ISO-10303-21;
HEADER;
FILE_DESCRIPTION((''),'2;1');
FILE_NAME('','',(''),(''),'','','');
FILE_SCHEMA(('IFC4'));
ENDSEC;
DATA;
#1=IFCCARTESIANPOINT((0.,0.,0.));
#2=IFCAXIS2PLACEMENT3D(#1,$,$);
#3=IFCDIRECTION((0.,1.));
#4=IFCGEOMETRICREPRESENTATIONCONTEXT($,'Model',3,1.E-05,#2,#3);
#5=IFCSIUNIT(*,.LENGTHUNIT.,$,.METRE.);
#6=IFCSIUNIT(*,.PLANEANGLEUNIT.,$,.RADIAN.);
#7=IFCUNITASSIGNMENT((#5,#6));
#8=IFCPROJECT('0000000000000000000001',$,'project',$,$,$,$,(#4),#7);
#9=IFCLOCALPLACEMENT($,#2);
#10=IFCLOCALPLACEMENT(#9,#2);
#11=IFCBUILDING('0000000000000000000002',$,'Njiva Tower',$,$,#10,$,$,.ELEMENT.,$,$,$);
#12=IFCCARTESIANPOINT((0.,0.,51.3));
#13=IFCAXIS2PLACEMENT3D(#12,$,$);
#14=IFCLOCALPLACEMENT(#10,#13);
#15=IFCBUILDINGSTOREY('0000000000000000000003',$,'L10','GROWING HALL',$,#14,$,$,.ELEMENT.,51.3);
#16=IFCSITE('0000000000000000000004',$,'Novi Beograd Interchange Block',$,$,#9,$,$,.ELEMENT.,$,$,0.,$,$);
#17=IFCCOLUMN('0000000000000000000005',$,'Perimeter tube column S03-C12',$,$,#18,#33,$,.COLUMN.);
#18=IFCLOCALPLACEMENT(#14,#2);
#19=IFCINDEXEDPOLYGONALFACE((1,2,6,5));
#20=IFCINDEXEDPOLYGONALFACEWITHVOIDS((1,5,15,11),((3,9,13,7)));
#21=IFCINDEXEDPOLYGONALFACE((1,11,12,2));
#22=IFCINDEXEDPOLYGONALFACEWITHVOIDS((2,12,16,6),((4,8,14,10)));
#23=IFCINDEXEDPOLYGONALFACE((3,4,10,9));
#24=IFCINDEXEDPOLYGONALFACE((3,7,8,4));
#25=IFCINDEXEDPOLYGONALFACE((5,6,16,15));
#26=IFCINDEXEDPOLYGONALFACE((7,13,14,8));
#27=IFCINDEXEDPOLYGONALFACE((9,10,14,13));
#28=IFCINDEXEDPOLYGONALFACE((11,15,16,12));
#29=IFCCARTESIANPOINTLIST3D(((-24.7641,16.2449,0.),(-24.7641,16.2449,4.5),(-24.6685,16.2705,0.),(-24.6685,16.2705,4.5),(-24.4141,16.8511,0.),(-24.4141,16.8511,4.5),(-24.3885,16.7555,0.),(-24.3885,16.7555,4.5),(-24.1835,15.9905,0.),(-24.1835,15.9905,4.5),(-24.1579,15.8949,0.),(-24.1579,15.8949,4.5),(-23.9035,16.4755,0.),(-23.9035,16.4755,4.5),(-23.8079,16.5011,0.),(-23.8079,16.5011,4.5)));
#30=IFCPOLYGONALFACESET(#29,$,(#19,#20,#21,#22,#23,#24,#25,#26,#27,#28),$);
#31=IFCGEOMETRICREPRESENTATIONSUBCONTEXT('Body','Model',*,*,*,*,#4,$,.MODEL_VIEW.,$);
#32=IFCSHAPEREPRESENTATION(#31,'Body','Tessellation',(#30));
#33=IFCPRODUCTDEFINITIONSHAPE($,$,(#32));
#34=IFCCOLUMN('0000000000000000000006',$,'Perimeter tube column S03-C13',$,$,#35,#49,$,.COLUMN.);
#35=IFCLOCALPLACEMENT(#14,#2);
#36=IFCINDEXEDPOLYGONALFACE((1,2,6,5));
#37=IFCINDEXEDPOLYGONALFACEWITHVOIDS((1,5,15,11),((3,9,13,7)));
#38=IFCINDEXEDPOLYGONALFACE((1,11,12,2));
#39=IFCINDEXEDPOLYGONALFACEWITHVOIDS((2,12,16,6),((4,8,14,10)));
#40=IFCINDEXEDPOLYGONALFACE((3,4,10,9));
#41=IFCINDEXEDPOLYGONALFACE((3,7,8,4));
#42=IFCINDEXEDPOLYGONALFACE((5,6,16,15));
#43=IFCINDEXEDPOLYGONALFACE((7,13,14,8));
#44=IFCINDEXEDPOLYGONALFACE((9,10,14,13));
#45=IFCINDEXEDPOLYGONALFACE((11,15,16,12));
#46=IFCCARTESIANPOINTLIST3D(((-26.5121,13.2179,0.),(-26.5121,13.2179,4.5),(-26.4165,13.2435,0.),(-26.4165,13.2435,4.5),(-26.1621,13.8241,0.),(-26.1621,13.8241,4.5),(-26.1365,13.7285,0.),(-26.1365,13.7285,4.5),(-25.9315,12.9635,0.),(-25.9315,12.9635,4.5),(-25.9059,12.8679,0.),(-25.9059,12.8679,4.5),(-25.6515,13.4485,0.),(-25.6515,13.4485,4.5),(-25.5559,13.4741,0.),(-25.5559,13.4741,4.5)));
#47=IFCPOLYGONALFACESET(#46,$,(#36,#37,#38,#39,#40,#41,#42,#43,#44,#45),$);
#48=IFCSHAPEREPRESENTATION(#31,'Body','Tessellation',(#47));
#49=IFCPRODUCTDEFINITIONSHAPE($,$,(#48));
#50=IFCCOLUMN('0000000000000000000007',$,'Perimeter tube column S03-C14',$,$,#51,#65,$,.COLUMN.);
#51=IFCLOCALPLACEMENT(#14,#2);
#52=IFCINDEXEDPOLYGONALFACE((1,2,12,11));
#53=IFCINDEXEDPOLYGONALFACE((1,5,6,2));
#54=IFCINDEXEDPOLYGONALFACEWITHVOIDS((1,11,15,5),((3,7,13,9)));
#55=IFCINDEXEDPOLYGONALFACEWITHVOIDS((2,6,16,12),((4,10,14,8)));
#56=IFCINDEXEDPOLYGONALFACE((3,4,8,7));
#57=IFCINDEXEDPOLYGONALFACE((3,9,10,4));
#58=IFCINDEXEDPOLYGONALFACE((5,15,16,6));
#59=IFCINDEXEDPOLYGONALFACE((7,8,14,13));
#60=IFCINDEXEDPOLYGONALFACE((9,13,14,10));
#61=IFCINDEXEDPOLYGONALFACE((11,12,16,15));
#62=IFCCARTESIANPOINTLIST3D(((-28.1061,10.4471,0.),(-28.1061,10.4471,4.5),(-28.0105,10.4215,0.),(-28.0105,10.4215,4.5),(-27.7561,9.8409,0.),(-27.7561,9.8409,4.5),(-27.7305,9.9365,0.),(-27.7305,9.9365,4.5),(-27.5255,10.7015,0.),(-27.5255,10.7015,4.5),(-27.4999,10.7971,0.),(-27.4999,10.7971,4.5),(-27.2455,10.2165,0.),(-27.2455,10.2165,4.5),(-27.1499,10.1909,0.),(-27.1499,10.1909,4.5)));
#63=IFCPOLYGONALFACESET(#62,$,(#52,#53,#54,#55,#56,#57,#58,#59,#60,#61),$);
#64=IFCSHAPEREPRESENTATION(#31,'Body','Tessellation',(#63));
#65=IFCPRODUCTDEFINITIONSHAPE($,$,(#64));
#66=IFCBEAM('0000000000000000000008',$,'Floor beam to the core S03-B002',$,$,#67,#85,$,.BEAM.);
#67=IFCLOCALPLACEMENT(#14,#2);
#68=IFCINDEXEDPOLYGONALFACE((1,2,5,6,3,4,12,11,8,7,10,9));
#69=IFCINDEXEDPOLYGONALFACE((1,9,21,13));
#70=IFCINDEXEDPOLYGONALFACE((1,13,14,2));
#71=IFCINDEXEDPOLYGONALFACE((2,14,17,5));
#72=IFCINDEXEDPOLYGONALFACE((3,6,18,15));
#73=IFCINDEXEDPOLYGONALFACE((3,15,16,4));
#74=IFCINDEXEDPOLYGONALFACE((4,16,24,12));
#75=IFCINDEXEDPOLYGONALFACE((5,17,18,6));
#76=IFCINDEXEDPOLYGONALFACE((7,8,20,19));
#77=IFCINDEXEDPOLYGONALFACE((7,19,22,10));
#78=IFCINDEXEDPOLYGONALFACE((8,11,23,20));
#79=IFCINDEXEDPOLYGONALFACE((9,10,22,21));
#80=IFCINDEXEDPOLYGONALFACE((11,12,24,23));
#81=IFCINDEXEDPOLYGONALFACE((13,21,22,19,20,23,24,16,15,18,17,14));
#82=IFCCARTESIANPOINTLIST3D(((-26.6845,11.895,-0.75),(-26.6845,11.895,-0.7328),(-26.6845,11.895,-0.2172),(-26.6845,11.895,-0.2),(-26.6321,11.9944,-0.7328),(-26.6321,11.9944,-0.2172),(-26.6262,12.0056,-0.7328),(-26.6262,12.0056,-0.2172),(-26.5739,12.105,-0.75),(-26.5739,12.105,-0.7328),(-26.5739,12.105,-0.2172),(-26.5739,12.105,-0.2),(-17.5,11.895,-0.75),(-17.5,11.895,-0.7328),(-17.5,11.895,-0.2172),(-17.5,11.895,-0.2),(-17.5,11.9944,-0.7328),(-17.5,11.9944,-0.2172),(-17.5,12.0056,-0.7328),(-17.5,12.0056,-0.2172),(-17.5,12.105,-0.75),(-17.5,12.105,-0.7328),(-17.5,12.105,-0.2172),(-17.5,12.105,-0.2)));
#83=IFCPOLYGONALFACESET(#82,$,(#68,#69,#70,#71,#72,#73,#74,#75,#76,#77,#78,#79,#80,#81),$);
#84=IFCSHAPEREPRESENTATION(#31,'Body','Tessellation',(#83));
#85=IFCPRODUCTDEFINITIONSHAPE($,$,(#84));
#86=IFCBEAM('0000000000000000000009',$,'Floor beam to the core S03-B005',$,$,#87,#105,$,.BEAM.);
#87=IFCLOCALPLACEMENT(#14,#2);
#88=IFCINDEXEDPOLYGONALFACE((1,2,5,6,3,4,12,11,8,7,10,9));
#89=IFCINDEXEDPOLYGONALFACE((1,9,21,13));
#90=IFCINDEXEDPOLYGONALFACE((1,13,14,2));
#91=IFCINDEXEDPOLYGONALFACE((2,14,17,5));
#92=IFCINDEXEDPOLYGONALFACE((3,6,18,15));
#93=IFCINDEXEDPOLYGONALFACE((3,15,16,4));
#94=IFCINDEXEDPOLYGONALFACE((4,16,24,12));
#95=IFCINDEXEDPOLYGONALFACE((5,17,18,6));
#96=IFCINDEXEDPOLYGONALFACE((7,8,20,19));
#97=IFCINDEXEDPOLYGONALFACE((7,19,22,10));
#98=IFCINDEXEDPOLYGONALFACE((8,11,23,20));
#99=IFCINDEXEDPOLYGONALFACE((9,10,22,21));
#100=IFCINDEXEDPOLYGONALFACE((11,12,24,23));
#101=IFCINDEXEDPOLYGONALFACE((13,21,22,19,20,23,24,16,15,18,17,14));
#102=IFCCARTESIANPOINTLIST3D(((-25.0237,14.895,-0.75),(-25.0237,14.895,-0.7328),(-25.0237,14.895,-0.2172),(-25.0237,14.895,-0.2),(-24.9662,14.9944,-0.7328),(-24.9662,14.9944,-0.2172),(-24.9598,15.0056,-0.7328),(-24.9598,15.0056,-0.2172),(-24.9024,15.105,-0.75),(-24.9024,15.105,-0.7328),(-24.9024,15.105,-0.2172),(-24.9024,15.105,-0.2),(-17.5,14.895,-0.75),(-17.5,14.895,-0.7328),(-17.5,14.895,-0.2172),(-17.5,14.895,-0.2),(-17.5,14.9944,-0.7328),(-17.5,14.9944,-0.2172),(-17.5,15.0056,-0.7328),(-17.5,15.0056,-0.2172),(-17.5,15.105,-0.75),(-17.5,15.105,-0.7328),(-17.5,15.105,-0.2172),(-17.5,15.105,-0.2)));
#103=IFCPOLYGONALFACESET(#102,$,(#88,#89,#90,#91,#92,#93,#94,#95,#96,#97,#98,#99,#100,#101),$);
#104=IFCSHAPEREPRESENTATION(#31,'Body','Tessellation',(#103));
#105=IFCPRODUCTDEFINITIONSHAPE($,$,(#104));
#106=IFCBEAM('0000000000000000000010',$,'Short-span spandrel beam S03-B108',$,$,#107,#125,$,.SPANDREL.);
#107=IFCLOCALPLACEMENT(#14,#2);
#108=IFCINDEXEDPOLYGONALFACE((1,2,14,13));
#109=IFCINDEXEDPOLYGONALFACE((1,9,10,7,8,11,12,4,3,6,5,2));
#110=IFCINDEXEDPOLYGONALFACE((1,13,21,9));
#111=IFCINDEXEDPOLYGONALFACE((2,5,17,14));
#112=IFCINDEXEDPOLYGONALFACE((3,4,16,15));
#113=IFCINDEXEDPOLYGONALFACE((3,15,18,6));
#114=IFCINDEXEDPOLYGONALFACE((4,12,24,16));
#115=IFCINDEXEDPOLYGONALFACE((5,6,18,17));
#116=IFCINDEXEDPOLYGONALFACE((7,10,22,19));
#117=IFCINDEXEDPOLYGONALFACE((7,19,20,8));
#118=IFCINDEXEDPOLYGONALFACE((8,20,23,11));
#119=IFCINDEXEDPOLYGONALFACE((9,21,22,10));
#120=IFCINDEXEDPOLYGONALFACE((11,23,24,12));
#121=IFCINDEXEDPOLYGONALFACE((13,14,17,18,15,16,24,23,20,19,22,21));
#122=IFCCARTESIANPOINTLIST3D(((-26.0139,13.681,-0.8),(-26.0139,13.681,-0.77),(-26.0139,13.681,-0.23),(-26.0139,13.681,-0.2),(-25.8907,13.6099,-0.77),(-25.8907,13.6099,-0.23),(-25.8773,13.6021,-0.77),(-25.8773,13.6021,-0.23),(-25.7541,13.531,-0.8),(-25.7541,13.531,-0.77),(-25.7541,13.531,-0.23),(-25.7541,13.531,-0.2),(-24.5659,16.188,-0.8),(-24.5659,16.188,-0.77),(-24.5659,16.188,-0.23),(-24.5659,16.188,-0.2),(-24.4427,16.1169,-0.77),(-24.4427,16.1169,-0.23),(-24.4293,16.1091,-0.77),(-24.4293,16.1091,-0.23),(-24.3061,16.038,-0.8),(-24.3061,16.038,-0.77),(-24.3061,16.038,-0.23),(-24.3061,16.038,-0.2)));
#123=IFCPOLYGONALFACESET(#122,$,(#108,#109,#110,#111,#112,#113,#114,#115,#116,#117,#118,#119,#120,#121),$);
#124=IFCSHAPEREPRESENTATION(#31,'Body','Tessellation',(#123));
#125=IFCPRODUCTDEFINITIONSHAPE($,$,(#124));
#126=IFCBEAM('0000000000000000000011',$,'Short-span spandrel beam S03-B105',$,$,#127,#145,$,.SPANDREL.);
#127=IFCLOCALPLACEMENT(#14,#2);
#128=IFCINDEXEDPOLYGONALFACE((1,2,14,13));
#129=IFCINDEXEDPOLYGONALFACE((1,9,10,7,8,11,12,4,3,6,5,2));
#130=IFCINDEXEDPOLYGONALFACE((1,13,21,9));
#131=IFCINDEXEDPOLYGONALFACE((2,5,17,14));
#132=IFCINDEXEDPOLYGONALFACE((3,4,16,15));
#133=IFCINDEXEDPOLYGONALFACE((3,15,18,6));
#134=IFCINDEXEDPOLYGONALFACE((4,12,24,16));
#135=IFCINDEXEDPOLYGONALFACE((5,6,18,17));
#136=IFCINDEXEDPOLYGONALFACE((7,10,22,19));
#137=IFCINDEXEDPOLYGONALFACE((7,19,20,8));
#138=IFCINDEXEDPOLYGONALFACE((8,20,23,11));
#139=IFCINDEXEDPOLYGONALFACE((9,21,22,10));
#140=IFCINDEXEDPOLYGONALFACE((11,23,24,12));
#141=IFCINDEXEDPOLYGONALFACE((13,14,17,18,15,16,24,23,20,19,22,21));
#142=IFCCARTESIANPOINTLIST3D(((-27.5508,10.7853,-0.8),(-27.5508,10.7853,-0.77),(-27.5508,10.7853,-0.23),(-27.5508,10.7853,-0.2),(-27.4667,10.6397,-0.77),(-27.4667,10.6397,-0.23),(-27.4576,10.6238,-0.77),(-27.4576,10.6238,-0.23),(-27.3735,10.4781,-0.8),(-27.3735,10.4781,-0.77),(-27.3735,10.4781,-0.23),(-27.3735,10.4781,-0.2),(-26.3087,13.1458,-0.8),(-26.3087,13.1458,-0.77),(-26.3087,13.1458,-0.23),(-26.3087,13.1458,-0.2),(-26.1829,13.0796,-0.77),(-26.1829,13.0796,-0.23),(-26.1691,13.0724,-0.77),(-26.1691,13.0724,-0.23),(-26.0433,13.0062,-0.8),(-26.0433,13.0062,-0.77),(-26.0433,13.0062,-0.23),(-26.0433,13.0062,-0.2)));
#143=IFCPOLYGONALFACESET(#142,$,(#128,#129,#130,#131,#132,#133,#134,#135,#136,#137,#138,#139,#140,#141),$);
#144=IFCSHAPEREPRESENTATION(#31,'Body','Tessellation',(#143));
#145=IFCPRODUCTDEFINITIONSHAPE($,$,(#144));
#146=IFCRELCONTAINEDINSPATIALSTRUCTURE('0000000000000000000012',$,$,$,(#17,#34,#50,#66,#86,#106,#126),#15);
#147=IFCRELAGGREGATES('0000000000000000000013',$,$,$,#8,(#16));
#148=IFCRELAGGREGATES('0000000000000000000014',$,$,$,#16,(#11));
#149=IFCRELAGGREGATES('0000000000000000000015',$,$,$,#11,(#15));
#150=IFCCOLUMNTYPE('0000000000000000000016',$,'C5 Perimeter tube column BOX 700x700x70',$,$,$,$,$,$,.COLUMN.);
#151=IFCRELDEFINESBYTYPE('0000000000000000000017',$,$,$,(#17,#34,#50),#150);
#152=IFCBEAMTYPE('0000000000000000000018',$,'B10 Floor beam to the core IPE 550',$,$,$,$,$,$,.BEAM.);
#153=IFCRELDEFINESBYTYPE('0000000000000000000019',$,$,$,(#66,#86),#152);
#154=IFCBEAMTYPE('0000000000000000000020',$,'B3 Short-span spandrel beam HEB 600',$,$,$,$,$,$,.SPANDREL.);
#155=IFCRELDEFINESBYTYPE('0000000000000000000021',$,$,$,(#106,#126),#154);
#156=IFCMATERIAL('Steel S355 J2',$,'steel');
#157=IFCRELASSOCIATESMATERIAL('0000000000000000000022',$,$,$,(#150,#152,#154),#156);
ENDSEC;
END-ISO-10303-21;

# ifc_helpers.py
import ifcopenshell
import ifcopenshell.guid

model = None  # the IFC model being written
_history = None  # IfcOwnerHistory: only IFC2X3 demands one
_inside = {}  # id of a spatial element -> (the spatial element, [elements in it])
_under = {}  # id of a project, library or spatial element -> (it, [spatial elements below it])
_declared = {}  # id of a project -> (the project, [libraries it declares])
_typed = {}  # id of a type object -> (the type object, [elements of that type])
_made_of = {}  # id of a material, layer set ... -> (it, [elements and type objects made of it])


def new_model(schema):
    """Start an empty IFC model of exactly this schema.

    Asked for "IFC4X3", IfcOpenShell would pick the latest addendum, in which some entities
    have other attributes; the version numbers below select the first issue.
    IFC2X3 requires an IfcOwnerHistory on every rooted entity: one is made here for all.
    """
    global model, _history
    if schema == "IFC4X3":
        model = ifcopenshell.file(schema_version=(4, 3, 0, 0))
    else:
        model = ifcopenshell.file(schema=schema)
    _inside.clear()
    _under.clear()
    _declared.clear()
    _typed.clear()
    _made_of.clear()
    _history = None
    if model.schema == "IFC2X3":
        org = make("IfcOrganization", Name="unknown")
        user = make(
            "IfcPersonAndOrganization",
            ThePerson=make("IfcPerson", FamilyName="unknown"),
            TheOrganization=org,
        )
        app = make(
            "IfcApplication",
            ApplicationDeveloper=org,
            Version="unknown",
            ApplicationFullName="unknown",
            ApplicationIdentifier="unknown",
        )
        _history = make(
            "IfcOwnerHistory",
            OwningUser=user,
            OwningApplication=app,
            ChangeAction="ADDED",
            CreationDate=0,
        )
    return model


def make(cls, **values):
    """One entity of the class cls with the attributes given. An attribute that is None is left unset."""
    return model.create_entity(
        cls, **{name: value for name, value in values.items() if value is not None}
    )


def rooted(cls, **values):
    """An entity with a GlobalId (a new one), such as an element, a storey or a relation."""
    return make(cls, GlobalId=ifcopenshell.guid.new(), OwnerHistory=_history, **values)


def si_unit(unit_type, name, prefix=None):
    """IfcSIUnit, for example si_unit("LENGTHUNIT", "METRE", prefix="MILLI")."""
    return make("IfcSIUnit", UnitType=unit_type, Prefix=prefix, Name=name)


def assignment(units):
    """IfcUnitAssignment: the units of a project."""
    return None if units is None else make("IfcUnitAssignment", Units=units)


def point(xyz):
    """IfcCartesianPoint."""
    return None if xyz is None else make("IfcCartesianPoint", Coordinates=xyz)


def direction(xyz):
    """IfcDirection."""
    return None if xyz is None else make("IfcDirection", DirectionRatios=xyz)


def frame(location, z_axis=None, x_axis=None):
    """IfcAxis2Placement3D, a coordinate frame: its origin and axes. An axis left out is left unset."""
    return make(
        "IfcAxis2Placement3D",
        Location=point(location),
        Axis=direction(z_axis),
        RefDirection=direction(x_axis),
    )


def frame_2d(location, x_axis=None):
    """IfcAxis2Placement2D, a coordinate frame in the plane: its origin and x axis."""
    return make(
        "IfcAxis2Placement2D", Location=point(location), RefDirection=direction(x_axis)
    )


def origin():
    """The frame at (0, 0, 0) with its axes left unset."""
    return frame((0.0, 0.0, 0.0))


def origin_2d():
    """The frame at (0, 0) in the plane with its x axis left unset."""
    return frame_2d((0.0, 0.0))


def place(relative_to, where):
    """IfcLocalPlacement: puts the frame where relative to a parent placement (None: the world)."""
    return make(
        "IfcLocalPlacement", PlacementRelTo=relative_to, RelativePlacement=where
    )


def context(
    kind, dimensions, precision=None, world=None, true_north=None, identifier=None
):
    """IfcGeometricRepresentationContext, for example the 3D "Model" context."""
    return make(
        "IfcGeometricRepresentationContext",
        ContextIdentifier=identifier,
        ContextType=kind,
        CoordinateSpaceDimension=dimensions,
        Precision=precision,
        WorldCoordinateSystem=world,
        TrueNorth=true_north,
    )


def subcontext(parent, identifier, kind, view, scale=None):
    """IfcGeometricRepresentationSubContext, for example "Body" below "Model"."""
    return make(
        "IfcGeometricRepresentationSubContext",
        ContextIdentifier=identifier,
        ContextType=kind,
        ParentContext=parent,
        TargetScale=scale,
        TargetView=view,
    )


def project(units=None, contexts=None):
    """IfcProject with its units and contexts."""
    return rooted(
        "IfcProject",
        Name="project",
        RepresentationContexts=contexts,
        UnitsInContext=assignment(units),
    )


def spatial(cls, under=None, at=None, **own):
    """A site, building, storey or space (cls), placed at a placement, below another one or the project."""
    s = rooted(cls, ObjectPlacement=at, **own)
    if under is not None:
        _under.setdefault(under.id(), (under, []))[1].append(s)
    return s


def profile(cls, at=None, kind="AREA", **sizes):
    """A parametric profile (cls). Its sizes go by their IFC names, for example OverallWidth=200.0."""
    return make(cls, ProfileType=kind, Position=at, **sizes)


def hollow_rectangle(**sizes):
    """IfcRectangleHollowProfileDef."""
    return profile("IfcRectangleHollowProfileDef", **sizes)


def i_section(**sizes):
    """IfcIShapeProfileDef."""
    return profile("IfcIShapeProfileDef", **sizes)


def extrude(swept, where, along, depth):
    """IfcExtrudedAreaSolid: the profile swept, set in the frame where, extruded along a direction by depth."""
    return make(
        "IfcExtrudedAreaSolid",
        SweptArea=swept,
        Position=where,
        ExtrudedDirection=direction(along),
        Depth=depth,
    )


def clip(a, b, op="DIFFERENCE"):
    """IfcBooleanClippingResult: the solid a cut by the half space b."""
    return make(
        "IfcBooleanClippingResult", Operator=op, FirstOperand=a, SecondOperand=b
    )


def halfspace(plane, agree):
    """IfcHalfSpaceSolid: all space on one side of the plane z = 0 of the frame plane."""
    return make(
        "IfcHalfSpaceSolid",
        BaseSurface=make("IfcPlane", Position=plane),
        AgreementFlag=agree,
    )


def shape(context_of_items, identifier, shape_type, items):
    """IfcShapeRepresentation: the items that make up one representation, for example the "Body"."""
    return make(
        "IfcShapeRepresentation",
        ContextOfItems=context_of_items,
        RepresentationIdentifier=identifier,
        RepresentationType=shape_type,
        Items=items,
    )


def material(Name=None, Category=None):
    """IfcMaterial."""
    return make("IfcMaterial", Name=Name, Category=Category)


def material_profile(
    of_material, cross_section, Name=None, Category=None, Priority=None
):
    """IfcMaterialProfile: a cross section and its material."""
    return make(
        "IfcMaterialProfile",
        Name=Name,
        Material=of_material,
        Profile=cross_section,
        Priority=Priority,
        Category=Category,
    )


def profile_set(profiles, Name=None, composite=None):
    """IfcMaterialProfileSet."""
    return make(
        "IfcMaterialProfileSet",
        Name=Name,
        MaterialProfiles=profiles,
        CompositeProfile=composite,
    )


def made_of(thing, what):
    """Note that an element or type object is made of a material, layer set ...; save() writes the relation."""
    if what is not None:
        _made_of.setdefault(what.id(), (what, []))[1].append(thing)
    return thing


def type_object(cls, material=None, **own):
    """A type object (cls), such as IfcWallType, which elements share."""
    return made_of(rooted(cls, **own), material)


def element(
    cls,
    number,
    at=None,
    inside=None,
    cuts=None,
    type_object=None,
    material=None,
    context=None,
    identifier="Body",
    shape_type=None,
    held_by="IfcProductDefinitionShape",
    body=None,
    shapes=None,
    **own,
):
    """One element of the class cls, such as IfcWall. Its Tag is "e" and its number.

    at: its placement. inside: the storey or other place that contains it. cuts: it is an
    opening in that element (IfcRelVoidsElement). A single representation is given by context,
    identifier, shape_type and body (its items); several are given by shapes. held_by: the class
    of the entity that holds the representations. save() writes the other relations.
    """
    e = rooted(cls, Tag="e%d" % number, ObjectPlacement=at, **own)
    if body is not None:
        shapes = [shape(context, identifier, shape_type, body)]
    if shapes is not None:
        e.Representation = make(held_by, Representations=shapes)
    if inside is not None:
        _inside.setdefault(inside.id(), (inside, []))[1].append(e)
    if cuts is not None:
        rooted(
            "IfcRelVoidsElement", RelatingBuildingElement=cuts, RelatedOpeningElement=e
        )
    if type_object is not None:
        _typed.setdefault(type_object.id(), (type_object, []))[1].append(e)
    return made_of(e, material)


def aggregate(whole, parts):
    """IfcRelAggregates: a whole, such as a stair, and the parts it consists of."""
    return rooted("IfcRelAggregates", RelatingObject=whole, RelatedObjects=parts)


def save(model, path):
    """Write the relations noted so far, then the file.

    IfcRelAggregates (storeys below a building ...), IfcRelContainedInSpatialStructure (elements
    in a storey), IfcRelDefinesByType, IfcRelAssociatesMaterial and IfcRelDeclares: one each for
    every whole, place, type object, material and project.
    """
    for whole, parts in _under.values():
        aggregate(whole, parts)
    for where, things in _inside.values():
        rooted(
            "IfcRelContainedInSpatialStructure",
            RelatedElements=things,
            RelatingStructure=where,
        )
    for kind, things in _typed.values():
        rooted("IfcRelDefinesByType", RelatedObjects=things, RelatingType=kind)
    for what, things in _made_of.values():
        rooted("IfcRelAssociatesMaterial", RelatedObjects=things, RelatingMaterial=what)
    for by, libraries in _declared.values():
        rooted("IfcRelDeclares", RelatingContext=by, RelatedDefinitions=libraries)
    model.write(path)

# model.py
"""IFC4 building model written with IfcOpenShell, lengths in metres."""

from ifc_helpers import new_model, si_unit, direction, frame, origin, origin_2d, place, context, subcontext, project, spatial, hollow_rectangle, i_section, extrude, clip, halfspace, material, material_profile, profile_set, type_object, element, save


model = new_model("IFC4")

# Units and contexts
model_context = context("Model", 3, precision=1e-05, world=origin(), true_north=direction((0.0, 1.0)))
body_context = subcontext(model_context, "Body", "Model", "MODEL_VIEW")
ifc_project = project(units=[si_unit("LENGTHUNIT", "METRE"), si_unit("PLANEANGLEUNIT", "RADIAN")], contexts=[model_context])

# Site, building, storey
site_placement = place(None, origin())
site = spatial("IfcSite", under=ifc_project, at=site_placement, Name="Novi Beograd Interchange Block", CompositionType="ELEMENT", RefElevation=0.0)
building_placement = place(site_placement, origin())
building = spatial("IfcBuilding", under=site, at=building_placement, Name="Njiva Tower", CompositionType="ELEMENT")
storey_placement = place(building_placement, frame((0.0, 0.0, 51.3)))
storey = spatial("IfcBuildingStorey", under=building, at=storey_placement, Name="L10", Description="GROWING HALL", CompositionType="ELEMENT", Elevation=51.3)

# Columns
ifc_material_1 = material(Name="Steel S355 J2", Category="steel")
ifc_material_profile_1 = material_profile(ifc_material_1, hollow_rectangle(XDim=0.7, YDim=0.7, WallThickness=0.07, at=origin_2d()), Name="BOX 700x700x70")
ifc_profile_set_1 = profile_set([ifc_material_profile_1], Name="Steel S355 J2")
column_type = type_object("IfcColumnType", Name="C5 Perimeter tube column BOX 700x700x70", PredefinedType="COLUMN", material=ifc_profile_set_1)
for number, where, z_axis, x_axis, name in (
    (1, (-24.286, 16.373, 0.0), (0.0, 0.0, 1.0), (-0.5, -0.866025, 0.0), "Perimeter tube column S03-C12"),
    (2, (-26.034, 13.346, 0.0), (0.0, 0.0, 1.0), (-0.5, -0.866025, 0.0), "Perimeter tube column S03-C13"),
    (3, (-27.628, 10.319, 0.0), (0.0, 0.0, 1.0), (0.5, -0.866025, 0.0), "Perimeter tube column S03-C14"),
):
    element("IfcColumn", number, at=place(storey_placement, frame(where, z_axis=z_axis, x_axis=x_axis)), inside=storey, type_object=column_type, Name=name, PredefinedType="COLUMN", context=body_context, shape_type="SweptSolid", body=[
        extrude(hollow_rectangle(XDim=0.7, YDim=0.7, WallThickness=0.07, at=origin_2d()), origin(), (0.0, 0.0, 1.0), 4.5),
    ])

# Beams
ifc_material_profile_2 = material_profile(ifc_material_1, i_section(OverallWidth=0.21, OverallDepth=0.55, WebThickness=0.0111, FlangeThickness=0.0172, at=origin_2d()), Name="IPE 550")
ifc_profile_set_2 = profile_set([ifc_material_profile_2], Name="Steel S355 J2")
beam_type_1 = type_object("IfcBeamType", Name="B10 Floor beam to the core IPE 550", PredefinedType="BEAM", material=ifc_profile_set_2)
beam_1_placement = place(storey_placement, frame((-26.704, 12.0, -0.475), z_axis=(1.0, 0.0, 0.0), x_axis=(0.0, 1.0, 0.0)))
element("IfcBeam", 4, at=beam_1_placement, inside=storey, type_object=beam_type_1, Name="Floor beam to the core S03-B002", PredefinedType="BEAM", context=body_context, shape_type="Clipping", body=[
    clip(extrude(i_section(OverallWidth=0.21, OverallDepth=0.55, WebThickness=0.0111, FlangeThickness=0.0172, at=origin_2d()), origin(), (0.0, 0.0, 1.0), 9.204), halfspace(frame((0.0233, 0.0, 0.0871), z_axis=(0.465931, 0.0, -0.884821), x_axis=(0.0, -1.0, 0.0)), False)),
])
beam_2_placement = place(storey_placement, frame((-25.044, 15.0, -0.475), z_axis=(1.0, 0.0, 0.0), x_axis=(0.0, 1.0, 0.0)))
element("IfcBeam", 5, at=beam_2_placement, inside=storey, type_object=beam_type_1, Name="Floor beam to the core S03-B005", PredefinedType="BEAM", context=body_context, shape_type="Clipping", body=[
    clip(extrude(i_section(OverallWidth=0.21, OverallDepth=0.55, WebThickness=0.0111, FlangeThickness=0.0172, at=origin_2d()), origin(), (0.0, 0.0, 1.0), 7.544), halfspace(frame((0.025, 0.0, 0.0954), z_axis=(0.499998, 0.0, -0.866027), x_axis=(0.0, -1.0, 0.0)), False)),
])
ifc_material_profile_3 = material_profile(ifc_material_1, i_section(OverallWidth=0.3, OverallDepth=0.6, WebThickness=0.0155, FlangeThickness=0.03, at=origin_2d()), Name="HEB 600")
ifc_profile_set_3 = profile_set([ifc_material_profile_3], Name="Steel S355 J2")
beam_type_2 = type_object("IfcBeamType", Name="B3 Short-span spandrel beam HEB 600", PredefinedType="SPANDREL", material=ifc_profile_set_3)
beam_3_placement = place(storey_placement, frame((-24.436, 16.113, -0.5), z_axis=(-0.500151, -0.865938, 0.0), x_axis=(0.865938, -0.500151, 0.0)))
element("IfcBeam", 6, at=beam_3_placement, inside=storey, type_object=beam_type_2, Name="Short-span spandrel beam S03-B108", PredefinedType="SPANDREL", context=body_context, shape_type="SweptSolid", body=[
    extrude(i_section(OverallWidth=0.3, OverallDepth=0.6, WebThickness=0.0155, FlangeThickness=0.03, at=origin_2d()), origin(), (0.0, 0.0, 1.0), 2.8951),
])
beam_4_placement = place(storey_placement, frame((-26.176, 13.076, -0.5), z_axis=(-0.465657, -0.884965, 0.0), x_axis=(0.884965, -0.465657, 0.0)))
element("IfcBeam", 7, at=beam_4_placement, inside=storey, type_object=beam_type_2, Name="Short-span spandrel beam S03-B105", PredefinedType="SPANDREL", context=body_context, shape_type="Clipping", body=[
    clip(extrude(i_section(OverallWidth=0.3, OverallDepth=0.6, WebThickness=0.0155, FlangeThickness=0.03, at=origin_2d()), origin(), (0.0, 0.0, 1.0), 2.8767), halfspace(frame((-0.0271, 0.0, 2.7449), z_axis=(-0.533576, 0.0, 0.845752), x_axis=(0.0, 1.0, 0.0)), False)),
])

save(model, "model.ifc")
